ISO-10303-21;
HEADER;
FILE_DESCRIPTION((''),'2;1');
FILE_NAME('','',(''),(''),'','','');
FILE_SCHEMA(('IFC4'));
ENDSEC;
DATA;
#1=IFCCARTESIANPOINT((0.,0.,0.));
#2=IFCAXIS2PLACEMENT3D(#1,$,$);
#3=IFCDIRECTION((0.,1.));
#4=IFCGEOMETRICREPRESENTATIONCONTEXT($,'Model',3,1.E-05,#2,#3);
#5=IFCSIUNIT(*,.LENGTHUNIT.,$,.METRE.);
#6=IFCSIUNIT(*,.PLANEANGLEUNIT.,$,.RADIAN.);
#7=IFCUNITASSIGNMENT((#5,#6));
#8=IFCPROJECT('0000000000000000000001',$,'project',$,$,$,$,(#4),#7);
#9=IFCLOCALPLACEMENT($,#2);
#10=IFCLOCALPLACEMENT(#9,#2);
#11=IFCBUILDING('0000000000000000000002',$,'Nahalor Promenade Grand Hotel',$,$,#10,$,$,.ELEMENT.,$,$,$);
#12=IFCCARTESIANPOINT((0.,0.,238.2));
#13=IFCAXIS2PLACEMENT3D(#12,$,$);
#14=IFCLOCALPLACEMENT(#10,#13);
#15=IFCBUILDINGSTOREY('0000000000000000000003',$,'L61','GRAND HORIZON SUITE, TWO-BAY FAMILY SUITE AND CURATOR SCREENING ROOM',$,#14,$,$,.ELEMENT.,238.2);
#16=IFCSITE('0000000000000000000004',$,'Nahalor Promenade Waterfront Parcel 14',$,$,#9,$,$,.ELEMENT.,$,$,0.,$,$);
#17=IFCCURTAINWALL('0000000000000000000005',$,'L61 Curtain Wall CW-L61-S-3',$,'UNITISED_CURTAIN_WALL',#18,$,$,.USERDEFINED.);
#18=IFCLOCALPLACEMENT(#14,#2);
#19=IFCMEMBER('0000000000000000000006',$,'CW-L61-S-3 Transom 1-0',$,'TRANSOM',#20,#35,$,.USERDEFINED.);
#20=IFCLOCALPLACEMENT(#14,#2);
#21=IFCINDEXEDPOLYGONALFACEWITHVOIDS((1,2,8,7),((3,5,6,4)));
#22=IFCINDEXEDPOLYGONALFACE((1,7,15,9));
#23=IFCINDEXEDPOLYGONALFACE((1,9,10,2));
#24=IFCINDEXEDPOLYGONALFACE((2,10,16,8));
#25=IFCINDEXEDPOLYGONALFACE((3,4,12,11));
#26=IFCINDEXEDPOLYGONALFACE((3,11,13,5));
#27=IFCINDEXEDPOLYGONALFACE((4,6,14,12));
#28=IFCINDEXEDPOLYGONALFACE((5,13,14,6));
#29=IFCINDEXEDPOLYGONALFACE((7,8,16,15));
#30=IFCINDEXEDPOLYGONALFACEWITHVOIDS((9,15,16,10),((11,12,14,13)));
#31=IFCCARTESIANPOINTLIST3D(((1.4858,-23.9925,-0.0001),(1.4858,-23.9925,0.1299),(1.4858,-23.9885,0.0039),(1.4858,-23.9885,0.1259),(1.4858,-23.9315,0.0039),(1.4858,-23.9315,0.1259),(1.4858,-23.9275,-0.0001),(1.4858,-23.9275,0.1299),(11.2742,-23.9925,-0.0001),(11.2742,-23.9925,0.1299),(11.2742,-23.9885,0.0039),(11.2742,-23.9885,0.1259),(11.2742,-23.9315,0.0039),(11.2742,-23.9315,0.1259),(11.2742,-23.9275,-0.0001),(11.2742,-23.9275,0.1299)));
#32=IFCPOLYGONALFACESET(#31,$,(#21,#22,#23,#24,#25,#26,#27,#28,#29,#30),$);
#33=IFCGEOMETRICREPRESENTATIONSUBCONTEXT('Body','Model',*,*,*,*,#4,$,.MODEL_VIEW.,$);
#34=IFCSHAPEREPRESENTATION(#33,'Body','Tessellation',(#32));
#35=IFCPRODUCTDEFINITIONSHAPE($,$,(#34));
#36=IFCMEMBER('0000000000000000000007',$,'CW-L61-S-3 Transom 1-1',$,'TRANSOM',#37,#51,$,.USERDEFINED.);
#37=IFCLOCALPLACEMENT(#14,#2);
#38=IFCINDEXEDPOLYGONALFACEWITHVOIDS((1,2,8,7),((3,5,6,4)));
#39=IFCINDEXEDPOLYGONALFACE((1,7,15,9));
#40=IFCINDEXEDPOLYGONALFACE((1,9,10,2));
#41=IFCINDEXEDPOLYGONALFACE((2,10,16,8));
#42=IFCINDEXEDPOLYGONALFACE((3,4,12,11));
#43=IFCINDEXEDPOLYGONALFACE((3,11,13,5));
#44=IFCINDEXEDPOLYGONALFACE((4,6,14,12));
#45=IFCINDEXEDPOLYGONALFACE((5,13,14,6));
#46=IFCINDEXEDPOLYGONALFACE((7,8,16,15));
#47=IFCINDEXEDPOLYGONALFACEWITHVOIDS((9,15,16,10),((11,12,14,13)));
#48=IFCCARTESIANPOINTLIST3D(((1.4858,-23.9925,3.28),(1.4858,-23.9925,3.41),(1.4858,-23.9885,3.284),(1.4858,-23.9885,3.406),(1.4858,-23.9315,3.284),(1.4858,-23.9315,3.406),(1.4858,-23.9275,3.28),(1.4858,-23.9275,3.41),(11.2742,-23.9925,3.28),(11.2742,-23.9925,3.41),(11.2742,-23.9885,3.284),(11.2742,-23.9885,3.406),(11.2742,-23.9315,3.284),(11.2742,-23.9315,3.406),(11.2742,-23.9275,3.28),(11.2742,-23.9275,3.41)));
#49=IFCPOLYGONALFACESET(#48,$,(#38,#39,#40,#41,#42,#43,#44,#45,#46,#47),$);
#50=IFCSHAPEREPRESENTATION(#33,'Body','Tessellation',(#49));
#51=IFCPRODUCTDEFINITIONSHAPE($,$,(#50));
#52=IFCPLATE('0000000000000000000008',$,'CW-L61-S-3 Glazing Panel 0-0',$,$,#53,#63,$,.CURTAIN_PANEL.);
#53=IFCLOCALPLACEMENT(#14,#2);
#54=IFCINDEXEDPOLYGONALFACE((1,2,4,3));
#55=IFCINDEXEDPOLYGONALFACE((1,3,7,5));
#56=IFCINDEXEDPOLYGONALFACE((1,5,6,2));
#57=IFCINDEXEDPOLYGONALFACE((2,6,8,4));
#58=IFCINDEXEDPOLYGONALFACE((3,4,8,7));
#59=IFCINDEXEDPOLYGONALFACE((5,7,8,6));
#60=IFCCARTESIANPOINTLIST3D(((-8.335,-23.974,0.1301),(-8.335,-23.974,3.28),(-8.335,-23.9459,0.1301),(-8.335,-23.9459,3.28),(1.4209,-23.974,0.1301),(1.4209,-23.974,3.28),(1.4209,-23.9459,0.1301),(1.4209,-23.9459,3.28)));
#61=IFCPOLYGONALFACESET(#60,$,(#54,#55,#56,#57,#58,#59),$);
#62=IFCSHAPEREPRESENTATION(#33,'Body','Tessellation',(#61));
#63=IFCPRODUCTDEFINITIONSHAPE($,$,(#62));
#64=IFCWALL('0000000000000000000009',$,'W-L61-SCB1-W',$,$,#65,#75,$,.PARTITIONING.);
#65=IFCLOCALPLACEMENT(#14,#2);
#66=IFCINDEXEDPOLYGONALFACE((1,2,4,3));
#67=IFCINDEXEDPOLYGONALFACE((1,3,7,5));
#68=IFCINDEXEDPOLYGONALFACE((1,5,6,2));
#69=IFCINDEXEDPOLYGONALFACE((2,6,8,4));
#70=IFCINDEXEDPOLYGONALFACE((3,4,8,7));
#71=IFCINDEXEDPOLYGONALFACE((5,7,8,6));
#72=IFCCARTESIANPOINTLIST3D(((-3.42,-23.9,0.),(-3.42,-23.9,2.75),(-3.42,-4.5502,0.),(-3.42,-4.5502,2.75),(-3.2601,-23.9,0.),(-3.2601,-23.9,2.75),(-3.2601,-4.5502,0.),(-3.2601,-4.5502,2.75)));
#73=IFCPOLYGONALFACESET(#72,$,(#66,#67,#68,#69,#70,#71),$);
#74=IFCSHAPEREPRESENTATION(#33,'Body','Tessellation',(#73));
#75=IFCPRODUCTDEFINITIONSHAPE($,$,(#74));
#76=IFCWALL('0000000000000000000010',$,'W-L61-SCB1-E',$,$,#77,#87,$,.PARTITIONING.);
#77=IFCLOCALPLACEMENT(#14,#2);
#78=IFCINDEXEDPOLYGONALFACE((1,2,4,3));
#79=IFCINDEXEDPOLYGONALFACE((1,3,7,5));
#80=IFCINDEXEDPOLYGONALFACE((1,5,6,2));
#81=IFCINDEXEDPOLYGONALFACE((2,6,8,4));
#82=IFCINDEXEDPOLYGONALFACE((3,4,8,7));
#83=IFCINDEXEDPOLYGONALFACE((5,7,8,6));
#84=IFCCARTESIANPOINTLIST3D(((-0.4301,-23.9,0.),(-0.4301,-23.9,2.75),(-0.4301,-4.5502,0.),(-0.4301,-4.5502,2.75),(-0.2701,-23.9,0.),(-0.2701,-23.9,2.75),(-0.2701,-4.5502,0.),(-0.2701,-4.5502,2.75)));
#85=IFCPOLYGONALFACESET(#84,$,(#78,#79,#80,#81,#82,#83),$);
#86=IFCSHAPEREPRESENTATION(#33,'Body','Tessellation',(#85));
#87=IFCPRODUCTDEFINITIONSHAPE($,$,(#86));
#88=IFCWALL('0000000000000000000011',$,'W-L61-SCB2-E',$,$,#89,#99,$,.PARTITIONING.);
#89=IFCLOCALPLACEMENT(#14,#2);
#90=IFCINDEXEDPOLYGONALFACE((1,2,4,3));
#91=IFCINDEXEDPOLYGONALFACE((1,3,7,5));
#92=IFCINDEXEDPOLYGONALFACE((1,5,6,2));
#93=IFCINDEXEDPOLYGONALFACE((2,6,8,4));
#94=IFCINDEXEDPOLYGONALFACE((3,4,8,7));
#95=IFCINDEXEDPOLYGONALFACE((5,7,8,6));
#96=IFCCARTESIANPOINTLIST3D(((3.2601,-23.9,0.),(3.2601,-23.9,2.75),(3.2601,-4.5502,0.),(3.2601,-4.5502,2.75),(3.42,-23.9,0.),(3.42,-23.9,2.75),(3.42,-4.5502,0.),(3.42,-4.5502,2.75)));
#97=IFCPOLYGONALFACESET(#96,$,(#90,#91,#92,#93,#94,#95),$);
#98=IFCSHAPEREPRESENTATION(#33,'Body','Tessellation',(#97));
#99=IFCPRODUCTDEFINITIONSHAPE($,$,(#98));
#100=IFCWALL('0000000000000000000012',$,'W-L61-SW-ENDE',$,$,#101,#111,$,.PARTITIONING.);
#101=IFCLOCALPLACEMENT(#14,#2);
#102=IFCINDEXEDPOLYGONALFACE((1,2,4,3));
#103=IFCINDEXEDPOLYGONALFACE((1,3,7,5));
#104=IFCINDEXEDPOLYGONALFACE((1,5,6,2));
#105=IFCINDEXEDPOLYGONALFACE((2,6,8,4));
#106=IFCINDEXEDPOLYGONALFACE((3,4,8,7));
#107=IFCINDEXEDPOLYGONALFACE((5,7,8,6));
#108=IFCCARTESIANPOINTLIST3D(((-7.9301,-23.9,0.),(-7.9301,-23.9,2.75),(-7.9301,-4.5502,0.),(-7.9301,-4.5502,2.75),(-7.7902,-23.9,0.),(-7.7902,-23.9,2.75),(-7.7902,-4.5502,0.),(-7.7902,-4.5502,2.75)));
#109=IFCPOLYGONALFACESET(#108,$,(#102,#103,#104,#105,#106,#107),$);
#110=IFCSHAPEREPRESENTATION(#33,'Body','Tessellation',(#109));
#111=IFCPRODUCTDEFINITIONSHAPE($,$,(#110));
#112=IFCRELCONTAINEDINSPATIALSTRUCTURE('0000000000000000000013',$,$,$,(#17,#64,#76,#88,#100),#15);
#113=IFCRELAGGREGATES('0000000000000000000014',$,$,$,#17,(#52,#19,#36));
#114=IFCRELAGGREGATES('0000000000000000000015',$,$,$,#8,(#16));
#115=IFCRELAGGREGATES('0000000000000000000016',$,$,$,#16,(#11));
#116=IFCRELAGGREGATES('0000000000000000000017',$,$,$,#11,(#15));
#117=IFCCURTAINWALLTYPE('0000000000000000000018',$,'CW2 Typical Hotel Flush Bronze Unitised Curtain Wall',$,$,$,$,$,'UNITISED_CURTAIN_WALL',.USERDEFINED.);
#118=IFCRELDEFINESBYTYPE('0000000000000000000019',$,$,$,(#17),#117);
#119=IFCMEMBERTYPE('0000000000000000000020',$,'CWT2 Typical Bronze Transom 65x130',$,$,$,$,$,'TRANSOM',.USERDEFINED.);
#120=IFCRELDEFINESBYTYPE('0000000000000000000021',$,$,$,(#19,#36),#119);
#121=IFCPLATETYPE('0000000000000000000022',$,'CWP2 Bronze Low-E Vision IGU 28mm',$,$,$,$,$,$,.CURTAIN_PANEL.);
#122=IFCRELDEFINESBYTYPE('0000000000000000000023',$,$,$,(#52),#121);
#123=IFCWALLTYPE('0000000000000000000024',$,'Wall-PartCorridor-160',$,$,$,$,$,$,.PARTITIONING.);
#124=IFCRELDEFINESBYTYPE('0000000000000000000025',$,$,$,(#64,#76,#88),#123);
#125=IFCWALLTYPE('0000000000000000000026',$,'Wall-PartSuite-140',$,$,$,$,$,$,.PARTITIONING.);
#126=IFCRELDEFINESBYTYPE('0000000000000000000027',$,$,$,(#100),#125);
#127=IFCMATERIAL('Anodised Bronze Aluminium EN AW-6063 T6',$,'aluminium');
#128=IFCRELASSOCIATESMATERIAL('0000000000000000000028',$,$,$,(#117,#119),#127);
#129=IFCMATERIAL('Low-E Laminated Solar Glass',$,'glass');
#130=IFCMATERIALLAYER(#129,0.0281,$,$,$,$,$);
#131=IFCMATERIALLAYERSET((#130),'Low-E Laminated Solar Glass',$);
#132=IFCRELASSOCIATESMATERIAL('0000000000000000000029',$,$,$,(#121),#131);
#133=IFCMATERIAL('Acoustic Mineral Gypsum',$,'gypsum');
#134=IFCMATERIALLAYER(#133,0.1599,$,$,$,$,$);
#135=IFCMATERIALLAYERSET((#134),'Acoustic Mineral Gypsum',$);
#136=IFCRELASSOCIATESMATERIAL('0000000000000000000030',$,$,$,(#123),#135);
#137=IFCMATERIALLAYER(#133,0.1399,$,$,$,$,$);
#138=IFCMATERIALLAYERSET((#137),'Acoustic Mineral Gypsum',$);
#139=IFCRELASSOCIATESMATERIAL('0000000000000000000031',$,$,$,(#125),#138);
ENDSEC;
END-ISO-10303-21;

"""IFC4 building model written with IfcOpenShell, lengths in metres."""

from ifc_helpers import new_model, si_unit, direction, frame, frame_2d, origin, origin_2d, place, context, subcontext, project, spatial, rectangle, hollow_rectangle, extrude, source, transform, mapped, material, layer, layer_set, material_profile, profile_set, type_object, element, aggregate, save


model = new_model("IFC4")

# Units and contexts
model_context = context("Model", 3, precision=1e-05, world=origin(), true_north=direction((0.0, 1.0)))
body_context = subcontext(model_context, "Body", "Model", "MODEL_VIEW")
ifc_project = project(units=[si_unit("LENGTHUNIT", "METRE"), si_unit("PLANEANGLEUNIT", "RADIAN")], contexts=[model_context])

# Site, building, storey
site_placement = place(None, origin())
site = spatial("IfcSite", under=ifc_project, at=site_placement, Name="Nahalor Promenade Waterfront Parcel 14", CompositionType="ELEMENT", RefElevation=0.0)
building_placement = place(site_placement, origin())
building = spatial("IfcBuilding", under=site, at=building_placement, Name="Nahalor Promenade Grand Hotel", CompositionType="ELEMENT")
storey_placement = place(building_placement, frame((0.0, 0.0, 238.2)))
storey = spatial("IfcBuildingStorey", under=building, at=storey_placement, Name="L61", Description="GRAND HORIZON SUITE, TWO-BAY FAMILY SUITE AND CURATOR SCREENING ROOM", CompositionType="ELEMENT", Elevation=238.2)

# Curtain wall, members, plate
ifc_material_1 = material(Name="Anodised Bronze Aluminium EN AW-6063 T6", Category="aluminium")
curtain_wall_type = type_object("IfcCurtainWallType", Name="CW2 Typical Hotel Flush Bronze Unitised Curtain Wall", ElementType="UNITISED_CURTAIN_WALL", PredefinedType="USERDEFINED", material=ifc_material_1)
curtain_wall_placement = place(storey_placement, origin())
curtain_wall = element("IfcCurtainWall", 1, at=curtain_wall_placement, inside=storey, type_object=curtain_wall_type, Name="L61 Curtain Wall CW-L61-S-3", ObjectType="UNITISED_CURTAIN_WALL", PredefinedType="USERDEFINED")
ifc_material_profile_1 = material_profile(ifc_material_1, hollow_rectangle(XDim=0.065, YDim=0.13, WallThickness=0.004, at=origin_2d()), Name="CWT 65x130x4")
ifc_profile_set_1 = profile_set([ifc_material_profile_1], Name="Anodised Bronze Aluminium EN AW-6063 T6")
member_type_1 = type_object("IfcMemberType", Name="CWT2 Typical Bronze Transom 65x130", ElementType="TRANSOM", PredefinedType="USERDEFINED", material=ifc_profile_set_1)
shared_shape_1 = source(origin(), body_context, "Body", "SweptSolid", [
    extrude(hollow_rectangle(XDim=0.065, YDim=0.13, WallThickness=0.004, at=origin_2d()), origin(), (0.0, 0.0, 1.0), 9.7883),
])
member_1_placement = place(storey_placement, frame((1.4858, -23.96, 0.0649), z_axis=(1.0, 0.0, 0.0), x_axis=(0.0, 1.0, 0.0)))
member_1 = element("IfcMember", 2, at=member_1_placement, type_object=member_type_1, Name="CW-L61-S-3 Transom 1-0", ObjectType="TRANSOM", PredefinedType="USERDEFINED", context=body_context, shape_type="MappedRepresentation", body=[
    mapped(shared_shape_1, transform((0.0, 0.0, 0.0), scale=1.0)),
])
member_2_placement = place(storey_placement, frame((1.4858, -23.96, 3.345), z_axis=(1.0, 0.0, 0.0), x_axis=(0.0, 1.0, 0.0)))
member_2 = element("IfcMember", 3, at=member_2_placement, type_object=member_type_1, Name="CW-L61-S-3 Transom 1-1", ObjectType="TRANSOM", PredefinedType="USERDEFINED", context=body_context, shape_type="MappedRepresentation", body=[
    mapped(shared_shape_1, transform((0.0, 0.0, 0.0), scale=1.0)),
])
ifc_material_2 = material(Name="Low-E Laminated Solar Glass", Category="glass")
ifc_layer_1 = layer(ifc_material_2, 0.0281)
ifc_layer_set_1 = layer_set([ifc_layer_1], Name="Low-E Laminated Solar Glass")
plate_type = type_object("IfcPlateType", Name="CWP2 Bronze Low-E Vision IGU 28mm", PredefinedType="CURTAIN_PANEL", material=ifc_layer_set_1)
shared_shape_2 = source(origin(), body_context, "Body", "SweptSolid", [
    extrude(rectangle(XDim=9.7559, YDim=0.0281, at=origin_2d()), origin(), (0.0, 0.0, 1.0), 3.1499),
])
plate_placement = place(storey_placement, frame((-3.457, -23.96, 0.1301), z_axis=(0.0, 0.0, 1.0), x_axis=(1.0, 0.0, 0.0)))
plate = element("IfcPlate", 4, at=plate_placement, type_object=plate_type, Name="CW-L61-S-3 Glazing Panel 0-0", PredefinedType="CURTAIN_PANEL", context=body_context, shape_type="MappedRepresentation", body=[
    mapped(shared_shape_2, transform((0.0, 0.0, 0.0), scale=1.0)),
])
aggregate(curtain_wall, [plate, member_1, member_2])

# Walls
ifc_material_3 = material(Name="Acoustic Mineral Gypsum", Category="gypsum")
ifc_layer_2 = layer(ifc_material_3, 0.1599)
ifc_layer_set_2 = layer_set([ifc_layer_2], Name="Acoustic Mineral Gypsum")
wall_type_1 = type_object("IfcWallType", Name="Wall-PartCorridor-160", PredefinedType="PARTITIONING", material=ifc_layer_set_2)
shared_shape_3 = source(origin(), body_context, "Body", "SweptSolid", [
    extrude(rectangle(XDim=19.3499, YDim=0.1599, at=frame_2d((9.6748, 0.0))), origin(), (0.0, 0.0, 1.0), 2.75),
])
for number, where, z_axis, x_axis, name in (
    (5, (-3.3401, -23.8999, 0.0), (0.0, 0.0, 1.0), (0.0, 1.0, 0.0), "W-L61-SCB1-W"),
    (6, (-0.3501, -23.8999, 0.0), (0.0, 0.0, 1.0), (0.0, 1.0, 0.0), "W-L61-SCB1-E"),
    (7, (3.3401, -23.8999, 0.0), (0.0, 0.0, 1.0), (0.0, 1.0, 0.0), "W-L61-SCB2-E"),
):
    element("IfcWall", number, at=place(storey_placement, frame(where, z_axis=z_axis, x_axis=x_axis)), inside=storey, type_object=wall_type_1, Name=name, PredefinedType="PARTITIONING", context=body_context, shape_type="MappedRepresentation", body=[
        mapped(shared_shape_3, transform((0.0, 0.0, 0.0), scale=1.0)),
    ])
ifc_layer_3 = layer(ifc_material_3, 0.1399)
ifc_layer_set_3 = layer_set([ifc_layer_3], Name="Acoustic Mineral Gypsum")
wall_type_2 = type_object("IfcWallType", Name="Wall-PartSuite-140", PredefinedType="PARTITIONING", material=ifc_layer_set_3)
shared_shape_4 = source(origin(), body_context, "Body", "SweptSolid", [
    extrude(rectangle(XDim=19.3499, YDim=0.1399, at=frame_2d((9.6748, 0.0))), origin(), (0.0, 0.0, 1.0), 2.75),
])
wall_placement = place(storey_placement, frame((-7.8601, -23.8999, 0.0), z_axis=(0.0, 0.0, 1.0), x_axis=(0.0, 1.0, 0.0)))
element("IfcWall", 8, at=wall_placement, inside=storey, type_object=wall_type_2, Name="W-L61-SW-ENDE", PredefinedType="PARTITIONING", context=body_context, shape_type="MappedRepresentation", body=[
    mapped(shared_shape_4, transform((0.0, 0.0, 0.0), scale=1.0)),
])

save(model, "model.ifc")
